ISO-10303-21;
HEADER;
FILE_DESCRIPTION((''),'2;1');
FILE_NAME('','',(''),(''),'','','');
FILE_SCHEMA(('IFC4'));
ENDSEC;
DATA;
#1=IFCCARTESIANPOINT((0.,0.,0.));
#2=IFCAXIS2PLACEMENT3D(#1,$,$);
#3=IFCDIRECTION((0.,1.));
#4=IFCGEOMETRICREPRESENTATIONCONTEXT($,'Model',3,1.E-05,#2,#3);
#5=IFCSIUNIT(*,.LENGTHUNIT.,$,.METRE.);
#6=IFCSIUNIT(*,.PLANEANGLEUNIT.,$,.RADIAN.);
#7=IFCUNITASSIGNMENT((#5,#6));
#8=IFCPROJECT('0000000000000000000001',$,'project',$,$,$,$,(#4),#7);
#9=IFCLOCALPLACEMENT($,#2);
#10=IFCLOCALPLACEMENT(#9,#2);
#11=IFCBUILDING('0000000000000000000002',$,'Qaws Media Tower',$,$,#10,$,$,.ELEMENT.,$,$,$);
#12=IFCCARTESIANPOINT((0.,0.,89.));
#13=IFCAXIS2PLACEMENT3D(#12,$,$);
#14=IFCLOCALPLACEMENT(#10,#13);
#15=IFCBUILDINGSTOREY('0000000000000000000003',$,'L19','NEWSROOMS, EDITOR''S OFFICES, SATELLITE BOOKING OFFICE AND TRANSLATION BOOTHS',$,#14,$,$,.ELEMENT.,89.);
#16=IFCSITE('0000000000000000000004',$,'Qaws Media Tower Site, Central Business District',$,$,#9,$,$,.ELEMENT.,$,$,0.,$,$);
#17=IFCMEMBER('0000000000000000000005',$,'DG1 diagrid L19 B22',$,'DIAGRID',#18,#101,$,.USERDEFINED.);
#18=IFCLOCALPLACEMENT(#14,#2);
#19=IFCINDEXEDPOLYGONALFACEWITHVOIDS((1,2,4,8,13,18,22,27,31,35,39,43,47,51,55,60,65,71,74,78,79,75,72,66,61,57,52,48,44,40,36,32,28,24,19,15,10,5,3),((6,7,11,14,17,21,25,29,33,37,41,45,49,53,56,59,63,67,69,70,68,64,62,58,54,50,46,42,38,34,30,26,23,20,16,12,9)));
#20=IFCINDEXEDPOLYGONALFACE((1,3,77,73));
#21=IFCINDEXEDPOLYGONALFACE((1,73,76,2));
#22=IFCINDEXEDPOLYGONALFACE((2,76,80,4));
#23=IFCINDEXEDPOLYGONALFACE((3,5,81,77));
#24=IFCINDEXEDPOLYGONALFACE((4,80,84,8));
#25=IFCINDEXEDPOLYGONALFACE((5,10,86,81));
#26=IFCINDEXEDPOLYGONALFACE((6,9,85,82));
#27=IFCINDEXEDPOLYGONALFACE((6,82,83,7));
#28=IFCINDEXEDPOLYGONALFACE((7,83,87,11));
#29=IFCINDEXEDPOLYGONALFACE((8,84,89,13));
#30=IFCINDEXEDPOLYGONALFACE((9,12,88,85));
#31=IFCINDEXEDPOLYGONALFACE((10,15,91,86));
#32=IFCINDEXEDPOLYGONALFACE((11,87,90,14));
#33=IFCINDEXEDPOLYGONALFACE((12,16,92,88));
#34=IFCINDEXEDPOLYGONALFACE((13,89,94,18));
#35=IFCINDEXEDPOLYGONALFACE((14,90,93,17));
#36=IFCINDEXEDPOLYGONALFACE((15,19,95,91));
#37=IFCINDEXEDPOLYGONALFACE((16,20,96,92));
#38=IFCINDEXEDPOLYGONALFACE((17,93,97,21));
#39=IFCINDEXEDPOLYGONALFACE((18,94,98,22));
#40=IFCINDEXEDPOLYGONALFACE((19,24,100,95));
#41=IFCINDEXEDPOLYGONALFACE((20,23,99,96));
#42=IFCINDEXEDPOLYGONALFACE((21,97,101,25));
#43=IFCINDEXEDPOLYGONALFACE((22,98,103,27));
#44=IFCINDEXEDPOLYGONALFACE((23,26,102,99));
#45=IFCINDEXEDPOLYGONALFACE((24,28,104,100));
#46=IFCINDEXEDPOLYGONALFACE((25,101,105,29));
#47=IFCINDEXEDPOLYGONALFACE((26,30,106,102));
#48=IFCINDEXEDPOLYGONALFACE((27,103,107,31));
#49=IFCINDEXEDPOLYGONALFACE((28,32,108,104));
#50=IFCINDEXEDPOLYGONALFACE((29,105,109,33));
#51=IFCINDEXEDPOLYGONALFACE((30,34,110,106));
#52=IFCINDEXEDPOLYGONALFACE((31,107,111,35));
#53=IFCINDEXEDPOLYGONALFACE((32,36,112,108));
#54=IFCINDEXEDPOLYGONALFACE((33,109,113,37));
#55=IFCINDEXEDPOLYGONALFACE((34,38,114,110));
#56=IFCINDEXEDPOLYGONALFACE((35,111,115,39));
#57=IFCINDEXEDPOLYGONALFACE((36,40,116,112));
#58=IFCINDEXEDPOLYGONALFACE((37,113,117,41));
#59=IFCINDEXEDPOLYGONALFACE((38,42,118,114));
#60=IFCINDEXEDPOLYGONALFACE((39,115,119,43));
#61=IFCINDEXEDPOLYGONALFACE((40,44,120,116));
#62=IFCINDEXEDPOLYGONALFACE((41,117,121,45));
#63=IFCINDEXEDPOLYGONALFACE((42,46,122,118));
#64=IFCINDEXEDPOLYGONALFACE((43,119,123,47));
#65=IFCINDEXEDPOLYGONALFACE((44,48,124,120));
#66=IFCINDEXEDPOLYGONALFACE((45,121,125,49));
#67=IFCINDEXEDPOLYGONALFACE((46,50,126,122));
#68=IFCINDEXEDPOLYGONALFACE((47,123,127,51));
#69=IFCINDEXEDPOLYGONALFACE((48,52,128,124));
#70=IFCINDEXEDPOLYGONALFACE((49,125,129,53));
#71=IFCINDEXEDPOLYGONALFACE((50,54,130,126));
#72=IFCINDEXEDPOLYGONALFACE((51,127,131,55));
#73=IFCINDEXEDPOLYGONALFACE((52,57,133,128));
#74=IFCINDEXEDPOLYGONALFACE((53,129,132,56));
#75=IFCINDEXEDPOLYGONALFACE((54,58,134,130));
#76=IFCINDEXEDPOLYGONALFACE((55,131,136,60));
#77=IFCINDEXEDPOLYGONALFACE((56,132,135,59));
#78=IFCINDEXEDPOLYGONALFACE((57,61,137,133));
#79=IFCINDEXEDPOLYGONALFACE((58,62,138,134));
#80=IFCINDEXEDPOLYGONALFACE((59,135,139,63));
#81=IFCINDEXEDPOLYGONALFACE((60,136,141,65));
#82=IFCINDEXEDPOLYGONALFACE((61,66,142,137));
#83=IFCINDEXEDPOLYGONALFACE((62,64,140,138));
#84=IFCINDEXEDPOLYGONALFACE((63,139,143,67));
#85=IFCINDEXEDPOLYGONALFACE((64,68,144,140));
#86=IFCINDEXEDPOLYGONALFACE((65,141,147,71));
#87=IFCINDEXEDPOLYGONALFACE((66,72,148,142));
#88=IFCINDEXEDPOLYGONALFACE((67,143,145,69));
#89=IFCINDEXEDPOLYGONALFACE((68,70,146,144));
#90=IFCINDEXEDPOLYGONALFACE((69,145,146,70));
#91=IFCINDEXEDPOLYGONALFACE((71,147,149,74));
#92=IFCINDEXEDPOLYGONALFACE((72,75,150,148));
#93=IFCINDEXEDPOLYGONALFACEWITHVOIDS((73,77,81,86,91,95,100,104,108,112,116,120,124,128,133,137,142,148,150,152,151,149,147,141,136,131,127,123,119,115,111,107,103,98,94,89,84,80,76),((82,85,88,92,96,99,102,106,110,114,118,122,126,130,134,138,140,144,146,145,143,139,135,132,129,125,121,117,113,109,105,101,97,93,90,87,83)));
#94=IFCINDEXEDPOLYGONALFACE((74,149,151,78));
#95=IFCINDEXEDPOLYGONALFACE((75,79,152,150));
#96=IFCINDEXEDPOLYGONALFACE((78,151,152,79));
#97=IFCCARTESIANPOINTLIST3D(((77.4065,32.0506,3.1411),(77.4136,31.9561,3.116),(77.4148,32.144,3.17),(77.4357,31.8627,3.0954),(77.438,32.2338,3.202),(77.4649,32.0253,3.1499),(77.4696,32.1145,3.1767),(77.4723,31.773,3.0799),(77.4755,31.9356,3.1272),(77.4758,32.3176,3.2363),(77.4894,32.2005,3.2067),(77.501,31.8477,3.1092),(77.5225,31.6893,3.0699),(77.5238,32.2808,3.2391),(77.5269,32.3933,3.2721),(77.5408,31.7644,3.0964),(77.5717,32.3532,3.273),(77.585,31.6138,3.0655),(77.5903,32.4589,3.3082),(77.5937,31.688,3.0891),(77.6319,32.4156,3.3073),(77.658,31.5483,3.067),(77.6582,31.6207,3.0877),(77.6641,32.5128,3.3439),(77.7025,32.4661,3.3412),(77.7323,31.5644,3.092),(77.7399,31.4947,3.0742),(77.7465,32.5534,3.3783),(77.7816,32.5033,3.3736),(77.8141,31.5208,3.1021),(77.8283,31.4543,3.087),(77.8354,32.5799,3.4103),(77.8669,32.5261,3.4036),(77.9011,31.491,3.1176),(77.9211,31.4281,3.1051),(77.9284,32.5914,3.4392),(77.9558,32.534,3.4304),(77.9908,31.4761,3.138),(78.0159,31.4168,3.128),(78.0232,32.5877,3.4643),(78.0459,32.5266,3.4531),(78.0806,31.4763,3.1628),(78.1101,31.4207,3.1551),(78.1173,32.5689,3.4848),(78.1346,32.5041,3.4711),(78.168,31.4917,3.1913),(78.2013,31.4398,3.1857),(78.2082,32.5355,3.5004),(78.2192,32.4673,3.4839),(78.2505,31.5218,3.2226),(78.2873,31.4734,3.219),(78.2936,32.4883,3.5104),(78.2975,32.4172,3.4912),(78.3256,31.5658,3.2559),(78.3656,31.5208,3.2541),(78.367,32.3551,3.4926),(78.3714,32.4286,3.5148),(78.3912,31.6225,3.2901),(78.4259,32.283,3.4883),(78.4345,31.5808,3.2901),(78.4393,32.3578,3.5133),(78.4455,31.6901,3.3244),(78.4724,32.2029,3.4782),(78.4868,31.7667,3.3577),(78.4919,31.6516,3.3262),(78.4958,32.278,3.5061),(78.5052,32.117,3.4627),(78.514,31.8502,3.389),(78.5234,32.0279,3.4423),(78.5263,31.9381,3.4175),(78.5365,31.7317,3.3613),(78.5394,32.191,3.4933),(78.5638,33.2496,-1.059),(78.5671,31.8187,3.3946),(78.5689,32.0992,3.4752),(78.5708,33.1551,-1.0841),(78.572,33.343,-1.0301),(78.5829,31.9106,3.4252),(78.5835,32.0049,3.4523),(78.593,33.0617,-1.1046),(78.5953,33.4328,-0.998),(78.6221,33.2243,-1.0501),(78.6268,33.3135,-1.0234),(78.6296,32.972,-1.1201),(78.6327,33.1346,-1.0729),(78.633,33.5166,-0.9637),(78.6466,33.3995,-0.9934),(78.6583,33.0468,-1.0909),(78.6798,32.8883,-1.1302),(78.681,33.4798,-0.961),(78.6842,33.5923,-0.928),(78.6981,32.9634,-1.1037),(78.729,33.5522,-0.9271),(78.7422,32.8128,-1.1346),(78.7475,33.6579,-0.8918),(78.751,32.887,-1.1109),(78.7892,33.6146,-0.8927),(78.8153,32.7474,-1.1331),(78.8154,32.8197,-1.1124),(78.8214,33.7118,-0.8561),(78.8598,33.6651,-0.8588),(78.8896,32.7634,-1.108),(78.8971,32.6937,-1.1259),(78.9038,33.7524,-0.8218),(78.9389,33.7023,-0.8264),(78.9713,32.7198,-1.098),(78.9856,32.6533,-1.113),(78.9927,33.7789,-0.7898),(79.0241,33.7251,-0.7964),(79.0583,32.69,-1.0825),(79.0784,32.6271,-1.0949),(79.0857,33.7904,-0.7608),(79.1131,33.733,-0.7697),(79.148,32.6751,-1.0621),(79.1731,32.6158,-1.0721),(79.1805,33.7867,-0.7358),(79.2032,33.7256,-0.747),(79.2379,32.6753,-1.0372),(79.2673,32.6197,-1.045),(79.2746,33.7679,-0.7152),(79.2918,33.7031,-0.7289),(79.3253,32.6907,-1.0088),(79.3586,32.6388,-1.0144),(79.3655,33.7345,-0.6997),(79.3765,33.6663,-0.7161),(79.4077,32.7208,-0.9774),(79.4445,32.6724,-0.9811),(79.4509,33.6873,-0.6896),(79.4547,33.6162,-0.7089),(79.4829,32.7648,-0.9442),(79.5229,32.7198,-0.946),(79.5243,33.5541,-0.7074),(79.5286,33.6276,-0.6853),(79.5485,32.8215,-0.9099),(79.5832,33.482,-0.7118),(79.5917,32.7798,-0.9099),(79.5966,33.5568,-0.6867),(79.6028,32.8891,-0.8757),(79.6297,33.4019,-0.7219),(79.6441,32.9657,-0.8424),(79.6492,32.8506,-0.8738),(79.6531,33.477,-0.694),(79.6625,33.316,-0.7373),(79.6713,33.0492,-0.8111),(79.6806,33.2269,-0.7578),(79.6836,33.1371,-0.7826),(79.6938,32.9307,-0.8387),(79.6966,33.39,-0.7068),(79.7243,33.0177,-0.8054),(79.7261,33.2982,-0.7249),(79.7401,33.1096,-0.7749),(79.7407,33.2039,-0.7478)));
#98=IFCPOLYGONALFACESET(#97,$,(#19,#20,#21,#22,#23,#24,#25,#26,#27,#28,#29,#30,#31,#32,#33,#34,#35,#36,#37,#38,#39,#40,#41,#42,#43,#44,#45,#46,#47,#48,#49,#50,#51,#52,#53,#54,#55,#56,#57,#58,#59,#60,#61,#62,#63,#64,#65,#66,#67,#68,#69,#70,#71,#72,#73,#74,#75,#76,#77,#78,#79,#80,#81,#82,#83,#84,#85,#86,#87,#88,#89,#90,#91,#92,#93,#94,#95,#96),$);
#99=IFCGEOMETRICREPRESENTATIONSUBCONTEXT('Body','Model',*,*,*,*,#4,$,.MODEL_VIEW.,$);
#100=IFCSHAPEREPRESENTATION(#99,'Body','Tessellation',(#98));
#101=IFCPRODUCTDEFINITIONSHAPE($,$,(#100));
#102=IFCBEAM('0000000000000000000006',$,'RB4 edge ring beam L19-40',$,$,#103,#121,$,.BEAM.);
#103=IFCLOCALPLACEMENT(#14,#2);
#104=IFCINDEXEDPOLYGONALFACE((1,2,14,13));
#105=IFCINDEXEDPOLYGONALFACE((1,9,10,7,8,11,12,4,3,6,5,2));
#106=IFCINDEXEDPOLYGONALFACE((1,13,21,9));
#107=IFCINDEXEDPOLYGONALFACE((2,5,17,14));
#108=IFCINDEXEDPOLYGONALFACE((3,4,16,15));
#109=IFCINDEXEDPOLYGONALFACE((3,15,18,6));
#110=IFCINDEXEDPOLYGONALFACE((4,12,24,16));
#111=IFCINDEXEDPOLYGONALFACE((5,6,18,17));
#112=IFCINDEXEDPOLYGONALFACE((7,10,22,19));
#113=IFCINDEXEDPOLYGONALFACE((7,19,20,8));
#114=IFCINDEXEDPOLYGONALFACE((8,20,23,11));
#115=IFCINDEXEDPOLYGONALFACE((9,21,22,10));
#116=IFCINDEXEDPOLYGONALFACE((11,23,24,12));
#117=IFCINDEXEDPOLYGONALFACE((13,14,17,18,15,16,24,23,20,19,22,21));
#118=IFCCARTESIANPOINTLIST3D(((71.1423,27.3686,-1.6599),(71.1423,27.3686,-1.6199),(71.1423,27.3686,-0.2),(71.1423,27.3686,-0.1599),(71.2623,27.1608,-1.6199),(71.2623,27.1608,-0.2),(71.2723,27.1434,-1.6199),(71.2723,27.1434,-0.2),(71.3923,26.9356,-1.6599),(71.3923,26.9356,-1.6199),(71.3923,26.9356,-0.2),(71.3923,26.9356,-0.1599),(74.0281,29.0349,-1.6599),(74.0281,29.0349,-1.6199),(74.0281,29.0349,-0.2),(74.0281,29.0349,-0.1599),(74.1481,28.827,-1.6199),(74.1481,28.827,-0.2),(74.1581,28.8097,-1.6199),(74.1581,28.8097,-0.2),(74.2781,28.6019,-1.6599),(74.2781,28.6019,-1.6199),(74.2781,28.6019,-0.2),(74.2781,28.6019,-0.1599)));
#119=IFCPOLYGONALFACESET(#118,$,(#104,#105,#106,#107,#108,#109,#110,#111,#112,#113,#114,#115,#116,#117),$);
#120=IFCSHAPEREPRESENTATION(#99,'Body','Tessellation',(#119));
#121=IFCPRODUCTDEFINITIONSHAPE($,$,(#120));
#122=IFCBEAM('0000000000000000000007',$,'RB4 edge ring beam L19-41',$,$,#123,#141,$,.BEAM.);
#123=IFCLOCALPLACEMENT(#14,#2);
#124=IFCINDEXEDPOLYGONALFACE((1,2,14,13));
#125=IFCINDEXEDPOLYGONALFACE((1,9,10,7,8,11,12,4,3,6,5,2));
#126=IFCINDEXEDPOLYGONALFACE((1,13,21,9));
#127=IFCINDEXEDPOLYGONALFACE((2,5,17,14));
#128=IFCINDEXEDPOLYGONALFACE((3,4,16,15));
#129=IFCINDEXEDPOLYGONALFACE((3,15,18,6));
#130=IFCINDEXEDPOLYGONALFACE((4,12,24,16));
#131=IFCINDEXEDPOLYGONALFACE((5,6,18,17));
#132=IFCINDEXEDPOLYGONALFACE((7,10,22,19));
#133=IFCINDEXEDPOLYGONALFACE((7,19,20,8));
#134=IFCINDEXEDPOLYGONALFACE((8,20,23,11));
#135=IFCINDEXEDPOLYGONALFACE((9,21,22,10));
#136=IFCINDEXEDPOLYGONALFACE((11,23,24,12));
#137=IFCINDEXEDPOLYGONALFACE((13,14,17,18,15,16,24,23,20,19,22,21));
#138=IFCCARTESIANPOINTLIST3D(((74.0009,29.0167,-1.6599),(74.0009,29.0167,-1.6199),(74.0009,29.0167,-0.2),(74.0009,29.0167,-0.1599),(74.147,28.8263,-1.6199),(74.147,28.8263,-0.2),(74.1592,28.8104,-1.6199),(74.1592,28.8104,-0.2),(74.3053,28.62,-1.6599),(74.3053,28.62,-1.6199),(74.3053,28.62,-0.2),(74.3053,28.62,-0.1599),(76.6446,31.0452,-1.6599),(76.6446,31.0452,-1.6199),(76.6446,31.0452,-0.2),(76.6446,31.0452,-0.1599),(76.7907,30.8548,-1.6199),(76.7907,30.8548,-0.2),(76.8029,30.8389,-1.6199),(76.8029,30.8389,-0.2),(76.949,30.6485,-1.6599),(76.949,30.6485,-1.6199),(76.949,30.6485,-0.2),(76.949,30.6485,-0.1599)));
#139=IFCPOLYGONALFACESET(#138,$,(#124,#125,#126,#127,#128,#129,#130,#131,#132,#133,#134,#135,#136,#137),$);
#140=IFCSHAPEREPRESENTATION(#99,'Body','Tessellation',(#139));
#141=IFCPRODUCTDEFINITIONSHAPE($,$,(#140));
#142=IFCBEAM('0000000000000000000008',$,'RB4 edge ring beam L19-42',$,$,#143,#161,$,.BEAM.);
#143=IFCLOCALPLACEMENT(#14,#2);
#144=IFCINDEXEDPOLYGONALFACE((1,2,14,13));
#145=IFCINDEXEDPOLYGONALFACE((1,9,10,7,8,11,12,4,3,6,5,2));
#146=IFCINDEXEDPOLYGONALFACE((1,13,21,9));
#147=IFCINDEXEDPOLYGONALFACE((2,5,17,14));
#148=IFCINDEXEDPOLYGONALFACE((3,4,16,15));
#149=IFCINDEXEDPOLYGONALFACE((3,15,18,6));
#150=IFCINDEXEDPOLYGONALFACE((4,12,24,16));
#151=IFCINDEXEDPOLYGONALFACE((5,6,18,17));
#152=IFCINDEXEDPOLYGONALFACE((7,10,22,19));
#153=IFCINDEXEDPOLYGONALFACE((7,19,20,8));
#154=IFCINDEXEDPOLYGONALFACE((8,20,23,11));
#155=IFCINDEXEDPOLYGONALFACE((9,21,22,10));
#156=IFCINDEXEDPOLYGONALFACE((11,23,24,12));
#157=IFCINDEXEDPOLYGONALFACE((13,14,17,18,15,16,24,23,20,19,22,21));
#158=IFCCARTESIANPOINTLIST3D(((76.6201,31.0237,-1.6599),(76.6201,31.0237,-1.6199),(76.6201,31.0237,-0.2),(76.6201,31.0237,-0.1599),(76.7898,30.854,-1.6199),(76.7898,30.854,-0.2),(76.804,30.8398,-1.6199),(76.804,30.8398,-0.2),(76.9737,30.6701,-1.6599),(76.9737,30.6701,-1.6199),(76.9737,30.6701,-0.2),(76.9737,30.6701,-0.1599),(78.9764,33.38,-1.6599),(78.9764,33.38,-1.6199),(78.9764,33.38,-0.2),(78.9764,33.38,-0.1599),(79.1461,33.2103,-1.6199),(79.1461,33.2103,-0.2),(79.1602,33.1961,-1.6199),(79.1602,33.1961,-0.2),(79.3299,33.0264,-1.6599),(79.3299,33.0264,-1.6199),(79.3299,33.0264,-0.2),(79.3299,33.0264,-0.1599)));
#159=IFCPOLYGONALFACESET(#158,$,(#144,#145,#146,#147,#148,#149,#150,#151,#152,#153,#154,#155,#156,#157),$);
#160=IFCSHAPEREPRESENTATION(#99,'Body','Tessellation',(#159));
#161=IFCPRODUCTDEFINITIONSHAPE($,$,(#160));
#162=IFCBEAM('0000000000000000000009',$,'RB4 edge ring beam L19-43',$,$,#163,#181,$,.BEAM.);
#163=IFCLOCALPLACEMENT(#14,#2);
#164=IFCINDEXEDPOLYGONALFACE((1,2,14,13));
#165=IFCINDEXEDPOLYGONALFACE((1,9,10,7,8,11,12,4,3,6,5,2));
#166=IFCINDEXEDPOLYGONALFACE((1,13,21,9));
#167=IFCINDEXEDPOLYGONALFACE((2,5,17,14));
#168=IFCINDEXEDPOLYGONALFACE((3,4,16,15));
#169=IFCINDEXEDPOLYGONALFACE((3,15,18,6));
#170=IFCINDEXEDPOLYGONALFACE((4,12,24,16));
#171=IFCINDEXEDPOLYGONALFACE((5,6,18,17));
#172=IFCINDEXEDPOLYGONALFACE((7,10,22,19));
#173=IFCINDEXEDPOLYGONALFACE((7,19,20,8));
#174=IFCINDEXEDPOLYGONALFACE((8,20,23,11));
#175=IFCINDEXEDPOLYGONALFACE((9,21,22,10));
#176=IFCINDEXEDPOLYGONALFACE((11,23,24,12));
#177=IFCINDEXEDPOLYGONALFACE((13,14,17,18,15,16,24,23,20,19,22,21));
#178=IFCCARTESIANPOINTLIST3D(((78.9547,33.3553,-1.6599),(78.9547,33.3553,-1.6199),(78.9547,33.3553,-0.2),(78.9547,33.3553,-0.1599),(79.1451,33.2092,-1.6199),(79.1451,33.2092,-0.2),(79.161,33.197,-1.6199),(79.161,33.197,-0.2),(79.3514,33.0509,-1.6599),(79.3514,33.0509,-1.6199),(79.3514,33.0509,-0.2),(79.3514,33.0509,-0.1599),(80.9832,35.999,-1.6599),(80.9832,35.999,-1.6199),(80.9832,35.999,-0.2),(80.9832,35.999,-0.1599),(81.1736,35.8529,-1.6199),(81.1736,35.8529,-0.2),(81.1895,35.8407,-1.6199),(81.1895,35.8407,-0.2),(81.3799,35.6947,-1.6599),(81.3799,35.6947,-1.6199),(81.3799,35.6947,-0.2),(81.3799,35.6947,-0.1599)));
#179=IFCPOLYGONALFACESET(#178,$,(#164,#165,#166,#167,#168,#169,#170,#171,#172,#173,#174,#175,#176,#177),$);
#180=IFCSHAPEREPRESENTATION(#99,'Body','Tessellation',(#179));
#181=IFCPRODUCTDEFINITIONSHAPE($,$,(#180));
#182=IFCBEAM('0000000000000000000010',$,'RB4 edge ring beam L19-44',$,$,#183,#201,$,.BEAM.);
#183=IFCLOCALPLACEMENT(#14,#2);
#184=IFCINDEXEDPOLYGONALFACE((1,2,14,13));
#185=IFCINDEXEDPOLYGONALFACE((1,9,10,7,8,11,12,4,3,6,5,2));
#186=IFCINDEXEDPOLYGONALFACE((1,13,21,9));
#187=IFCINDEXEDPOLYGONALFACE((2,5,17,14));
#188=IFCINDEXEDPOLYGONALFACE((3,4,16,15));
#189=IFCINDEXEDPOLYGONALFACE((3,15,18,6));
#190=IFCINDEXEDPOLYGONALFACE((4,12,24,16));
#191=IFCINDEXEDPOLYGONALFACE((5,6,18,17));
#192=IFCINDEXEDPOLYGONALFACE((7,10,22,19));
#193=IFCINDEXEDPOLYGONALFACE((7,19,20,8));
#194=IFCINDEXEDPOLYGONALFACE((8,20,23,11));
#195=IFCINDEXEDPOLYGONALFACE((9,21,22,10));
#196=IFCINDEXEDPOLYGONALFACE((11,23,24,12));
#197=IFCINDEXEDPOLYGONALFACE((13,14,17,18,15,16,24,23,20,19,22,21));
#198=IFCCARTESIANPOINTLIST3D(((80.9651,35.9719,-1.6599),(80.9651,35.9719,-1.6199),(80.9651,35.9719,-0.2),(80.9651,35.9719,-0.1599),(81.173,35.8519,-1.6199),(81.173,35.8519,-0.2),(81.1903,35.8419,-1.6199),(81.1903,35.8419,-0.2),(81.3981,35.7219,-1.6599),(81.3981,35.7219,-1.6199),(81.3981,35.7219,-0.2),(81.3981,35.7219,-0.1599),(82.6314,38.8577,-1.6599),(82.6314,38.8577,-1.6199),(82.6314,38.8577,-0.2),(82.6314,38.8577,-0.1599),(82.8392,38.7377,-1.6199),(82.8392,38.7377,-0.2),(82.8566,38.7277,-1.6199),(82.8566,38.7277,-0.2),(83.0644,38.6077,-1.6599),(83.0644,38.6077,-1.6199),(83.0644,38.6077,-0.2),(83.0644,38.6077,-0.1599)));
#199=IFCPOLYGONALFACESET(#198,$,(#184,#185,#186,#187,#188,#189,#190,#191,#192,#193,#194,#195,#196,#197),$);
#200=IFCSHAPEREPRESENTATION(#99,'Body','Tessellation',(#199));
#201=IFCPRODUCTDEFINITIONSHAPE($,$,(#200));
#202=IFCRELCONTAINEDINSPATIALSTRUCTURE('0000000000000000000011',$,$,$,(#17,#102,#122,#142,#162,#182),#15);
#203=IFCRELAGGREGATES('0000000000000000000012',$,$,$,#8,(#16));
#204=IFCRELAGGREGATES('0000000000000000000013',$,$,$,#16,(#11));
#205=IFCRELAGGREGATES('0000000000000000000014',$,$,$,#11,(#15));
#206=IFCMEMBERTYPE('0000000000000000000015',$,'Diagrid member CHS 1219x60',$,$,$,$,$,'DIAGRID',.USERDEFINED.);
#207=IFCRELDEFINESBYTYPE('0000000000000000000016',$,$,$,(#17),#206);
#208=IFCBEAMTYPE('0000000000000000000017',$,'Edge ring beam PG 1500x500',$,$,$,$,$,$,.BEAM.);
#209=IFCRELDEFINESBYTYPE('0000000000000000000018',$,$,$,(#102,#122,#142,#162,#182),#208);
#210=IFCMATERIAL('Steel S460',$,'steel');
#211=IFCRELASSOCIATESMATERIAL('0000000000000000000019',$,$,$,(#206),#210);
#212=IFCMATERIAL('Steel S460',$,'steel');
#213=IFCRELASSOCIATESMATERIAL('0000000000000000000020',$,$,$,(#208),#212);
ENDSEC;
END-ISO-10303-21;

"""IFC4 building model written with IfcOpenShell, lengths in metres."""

from ifc_helpers import new_model, si_unit, direction, frame, origin, origin_2d, place, context, subcontext, project, spatial, hollow_circle, i_section, extrude, material, material_profile, profile_set, type_object, element, save


model = new_model("IFC4")

# Units and contexts
model_context = context("Model", 3, precision=1e-05, world=origin(), true_north=direction((0.0, 1.0)))
body_context = subcontext(model_context, "Body", "Model", "MODEL_VIEW")
ifc_project = project(units=[si_unit("LENGTHUNIT", "METRE"), si_unit("PLANEANGLEUNIT", "RADIAN")], contexts=[model_context])

# Site, building, storey
site_placement = place(None, origin())
site = spatial("IfcSite", under=ifc_project, at=site_placement, Name="Qaws Media Tower Site, Central Business District", CompositionType="ELEMENT", RefElevation=0.0)
building_placement = place(site_placement, origin())
building = spatial("IfcBuilding", under=site, at=building_placement, Name="Qaws Media Tower", CompositionType="ELEMENT")
storey_placement = place(building_placement, frame((0.0, 0.0, 89.0)))
storey = spatial("IfcBuildingStorey", under=building, at=storey_placement, Name="L19", Description="NEWSROOMS, EDITOR'S OFFICES, SATELLITE BOOKING OFFICE AND TRANSLATION BOOTHS", CompositionType="ELEMENT", Elevation=89.0)

# Member
ifc_material_1 = material(Name="Steel S460", Category="steel")
ifc_material_profile_1 = material_profile(ifc_material_1, hollow_circle(Radius=0.6096, WallThickness=0.0601, at=origin_2d()), Name="CHS 1219x60")
ifc_profile_set_1 = profile_set([ifc_material_profile_1], Name="Steel S460")
member_type_1 = type_object("IfcMemberType", Name="Diagrid member CHS 1219x60", ElementType="DIAGRID", PredefinedType="USERDEFINED", material=ifc_profile_set_1)
member_1_placement = place(storey_placement, frame((79.1531, 33.2031, -0.9099), z_axis=(-0.256112, -0.265351, 0.929513), x_axis=(0.719523, -0.694469, 0.0)))
element("IfcMember", 1, at=member_1_placement, inside=storey, type_object=member_type_1, Name="DG1 diagrid L19 B22", ObjectType="DIAGRID", PredefinedType="USERDEFINED", context=body_context, shape_type="SweptSolid", body=[
    extrude(hollow_circle(Radius=0.6096, WallThickness=0.0601, at=origin_2d()), origin(), (0.0, 0.0, 1.0), 4.5186),
])

# Beams
ifc_material_2 = material(Name="Steel S460", Category="steel")
ifc_material_profile_2 = material_profile(ifc_material_2, i_section(OverallWidth=0.5, OverallDepth=1.5, WebThickness=0.02, FlangeThickness=0.04, at=origin_2d()), Name="PG 1500x500")
ifc_profile_set_2 = profile_set([ifc_material_profile_2], Name="Steel S460")
beam_type = type_object("IfcBeamType", Name="Edge ring beam PG 1500x500", PredefinedType="BEAM", material=ifc_profile_set_2)
for number, where, z_axis, x_axis, name in (
    (2, (71.2673, 27.1521, -0.9099), (0.866003, 0.50004, 0.0), (-0.50004, 0.866003, 0.0), "RB4 edge ring beam L19-40"),
    (3, (74.1531, 28.8184, -0.9099), (0.793367, 0.608744, 0.0), (-0.608744, 0.793367, 0.0), "RB4 edge ring beam L19-41"),
    (4, (76.7969, 30.8469, -0.9099), (0.707107, 0.707107, 0.0), (-0.707107, 0.707107, 0.0), "RB4 edge ring beam L19-42"),
    (5, (79.1531, 33.2031, -0.9099), (0.608744, 0.793367, 0.0), (-0.793367, 0.608744, 0.0), "RB4 edge ring beam L19-43"),
    (6, (81.1816, 35.8469, -0.9099), (0.50004, 0.866003, 0.0), (-0.866003, 0.50004, 0.0), "RB4 edge ring beam L19-44"),
):
    element("IfcBeam", number, at=place(storey_placement, frame(where, z_axis=z_axis, x_axis=x_axis)), inside=storey, type_object=beam_type, Name=name, PredefinedType="BEAM", context=body_context, shape_type="SweptSolid", body=[
        extrude(i_section(OverallWidth=0.5, OverallDepth=1.5, WebThickness=0.02, FlangeThickness=0.04, at=origin_2d()), origin(), (0.0, 0.0, 1.0), 3.3323),
    ])

save(model, "model.ifc")
